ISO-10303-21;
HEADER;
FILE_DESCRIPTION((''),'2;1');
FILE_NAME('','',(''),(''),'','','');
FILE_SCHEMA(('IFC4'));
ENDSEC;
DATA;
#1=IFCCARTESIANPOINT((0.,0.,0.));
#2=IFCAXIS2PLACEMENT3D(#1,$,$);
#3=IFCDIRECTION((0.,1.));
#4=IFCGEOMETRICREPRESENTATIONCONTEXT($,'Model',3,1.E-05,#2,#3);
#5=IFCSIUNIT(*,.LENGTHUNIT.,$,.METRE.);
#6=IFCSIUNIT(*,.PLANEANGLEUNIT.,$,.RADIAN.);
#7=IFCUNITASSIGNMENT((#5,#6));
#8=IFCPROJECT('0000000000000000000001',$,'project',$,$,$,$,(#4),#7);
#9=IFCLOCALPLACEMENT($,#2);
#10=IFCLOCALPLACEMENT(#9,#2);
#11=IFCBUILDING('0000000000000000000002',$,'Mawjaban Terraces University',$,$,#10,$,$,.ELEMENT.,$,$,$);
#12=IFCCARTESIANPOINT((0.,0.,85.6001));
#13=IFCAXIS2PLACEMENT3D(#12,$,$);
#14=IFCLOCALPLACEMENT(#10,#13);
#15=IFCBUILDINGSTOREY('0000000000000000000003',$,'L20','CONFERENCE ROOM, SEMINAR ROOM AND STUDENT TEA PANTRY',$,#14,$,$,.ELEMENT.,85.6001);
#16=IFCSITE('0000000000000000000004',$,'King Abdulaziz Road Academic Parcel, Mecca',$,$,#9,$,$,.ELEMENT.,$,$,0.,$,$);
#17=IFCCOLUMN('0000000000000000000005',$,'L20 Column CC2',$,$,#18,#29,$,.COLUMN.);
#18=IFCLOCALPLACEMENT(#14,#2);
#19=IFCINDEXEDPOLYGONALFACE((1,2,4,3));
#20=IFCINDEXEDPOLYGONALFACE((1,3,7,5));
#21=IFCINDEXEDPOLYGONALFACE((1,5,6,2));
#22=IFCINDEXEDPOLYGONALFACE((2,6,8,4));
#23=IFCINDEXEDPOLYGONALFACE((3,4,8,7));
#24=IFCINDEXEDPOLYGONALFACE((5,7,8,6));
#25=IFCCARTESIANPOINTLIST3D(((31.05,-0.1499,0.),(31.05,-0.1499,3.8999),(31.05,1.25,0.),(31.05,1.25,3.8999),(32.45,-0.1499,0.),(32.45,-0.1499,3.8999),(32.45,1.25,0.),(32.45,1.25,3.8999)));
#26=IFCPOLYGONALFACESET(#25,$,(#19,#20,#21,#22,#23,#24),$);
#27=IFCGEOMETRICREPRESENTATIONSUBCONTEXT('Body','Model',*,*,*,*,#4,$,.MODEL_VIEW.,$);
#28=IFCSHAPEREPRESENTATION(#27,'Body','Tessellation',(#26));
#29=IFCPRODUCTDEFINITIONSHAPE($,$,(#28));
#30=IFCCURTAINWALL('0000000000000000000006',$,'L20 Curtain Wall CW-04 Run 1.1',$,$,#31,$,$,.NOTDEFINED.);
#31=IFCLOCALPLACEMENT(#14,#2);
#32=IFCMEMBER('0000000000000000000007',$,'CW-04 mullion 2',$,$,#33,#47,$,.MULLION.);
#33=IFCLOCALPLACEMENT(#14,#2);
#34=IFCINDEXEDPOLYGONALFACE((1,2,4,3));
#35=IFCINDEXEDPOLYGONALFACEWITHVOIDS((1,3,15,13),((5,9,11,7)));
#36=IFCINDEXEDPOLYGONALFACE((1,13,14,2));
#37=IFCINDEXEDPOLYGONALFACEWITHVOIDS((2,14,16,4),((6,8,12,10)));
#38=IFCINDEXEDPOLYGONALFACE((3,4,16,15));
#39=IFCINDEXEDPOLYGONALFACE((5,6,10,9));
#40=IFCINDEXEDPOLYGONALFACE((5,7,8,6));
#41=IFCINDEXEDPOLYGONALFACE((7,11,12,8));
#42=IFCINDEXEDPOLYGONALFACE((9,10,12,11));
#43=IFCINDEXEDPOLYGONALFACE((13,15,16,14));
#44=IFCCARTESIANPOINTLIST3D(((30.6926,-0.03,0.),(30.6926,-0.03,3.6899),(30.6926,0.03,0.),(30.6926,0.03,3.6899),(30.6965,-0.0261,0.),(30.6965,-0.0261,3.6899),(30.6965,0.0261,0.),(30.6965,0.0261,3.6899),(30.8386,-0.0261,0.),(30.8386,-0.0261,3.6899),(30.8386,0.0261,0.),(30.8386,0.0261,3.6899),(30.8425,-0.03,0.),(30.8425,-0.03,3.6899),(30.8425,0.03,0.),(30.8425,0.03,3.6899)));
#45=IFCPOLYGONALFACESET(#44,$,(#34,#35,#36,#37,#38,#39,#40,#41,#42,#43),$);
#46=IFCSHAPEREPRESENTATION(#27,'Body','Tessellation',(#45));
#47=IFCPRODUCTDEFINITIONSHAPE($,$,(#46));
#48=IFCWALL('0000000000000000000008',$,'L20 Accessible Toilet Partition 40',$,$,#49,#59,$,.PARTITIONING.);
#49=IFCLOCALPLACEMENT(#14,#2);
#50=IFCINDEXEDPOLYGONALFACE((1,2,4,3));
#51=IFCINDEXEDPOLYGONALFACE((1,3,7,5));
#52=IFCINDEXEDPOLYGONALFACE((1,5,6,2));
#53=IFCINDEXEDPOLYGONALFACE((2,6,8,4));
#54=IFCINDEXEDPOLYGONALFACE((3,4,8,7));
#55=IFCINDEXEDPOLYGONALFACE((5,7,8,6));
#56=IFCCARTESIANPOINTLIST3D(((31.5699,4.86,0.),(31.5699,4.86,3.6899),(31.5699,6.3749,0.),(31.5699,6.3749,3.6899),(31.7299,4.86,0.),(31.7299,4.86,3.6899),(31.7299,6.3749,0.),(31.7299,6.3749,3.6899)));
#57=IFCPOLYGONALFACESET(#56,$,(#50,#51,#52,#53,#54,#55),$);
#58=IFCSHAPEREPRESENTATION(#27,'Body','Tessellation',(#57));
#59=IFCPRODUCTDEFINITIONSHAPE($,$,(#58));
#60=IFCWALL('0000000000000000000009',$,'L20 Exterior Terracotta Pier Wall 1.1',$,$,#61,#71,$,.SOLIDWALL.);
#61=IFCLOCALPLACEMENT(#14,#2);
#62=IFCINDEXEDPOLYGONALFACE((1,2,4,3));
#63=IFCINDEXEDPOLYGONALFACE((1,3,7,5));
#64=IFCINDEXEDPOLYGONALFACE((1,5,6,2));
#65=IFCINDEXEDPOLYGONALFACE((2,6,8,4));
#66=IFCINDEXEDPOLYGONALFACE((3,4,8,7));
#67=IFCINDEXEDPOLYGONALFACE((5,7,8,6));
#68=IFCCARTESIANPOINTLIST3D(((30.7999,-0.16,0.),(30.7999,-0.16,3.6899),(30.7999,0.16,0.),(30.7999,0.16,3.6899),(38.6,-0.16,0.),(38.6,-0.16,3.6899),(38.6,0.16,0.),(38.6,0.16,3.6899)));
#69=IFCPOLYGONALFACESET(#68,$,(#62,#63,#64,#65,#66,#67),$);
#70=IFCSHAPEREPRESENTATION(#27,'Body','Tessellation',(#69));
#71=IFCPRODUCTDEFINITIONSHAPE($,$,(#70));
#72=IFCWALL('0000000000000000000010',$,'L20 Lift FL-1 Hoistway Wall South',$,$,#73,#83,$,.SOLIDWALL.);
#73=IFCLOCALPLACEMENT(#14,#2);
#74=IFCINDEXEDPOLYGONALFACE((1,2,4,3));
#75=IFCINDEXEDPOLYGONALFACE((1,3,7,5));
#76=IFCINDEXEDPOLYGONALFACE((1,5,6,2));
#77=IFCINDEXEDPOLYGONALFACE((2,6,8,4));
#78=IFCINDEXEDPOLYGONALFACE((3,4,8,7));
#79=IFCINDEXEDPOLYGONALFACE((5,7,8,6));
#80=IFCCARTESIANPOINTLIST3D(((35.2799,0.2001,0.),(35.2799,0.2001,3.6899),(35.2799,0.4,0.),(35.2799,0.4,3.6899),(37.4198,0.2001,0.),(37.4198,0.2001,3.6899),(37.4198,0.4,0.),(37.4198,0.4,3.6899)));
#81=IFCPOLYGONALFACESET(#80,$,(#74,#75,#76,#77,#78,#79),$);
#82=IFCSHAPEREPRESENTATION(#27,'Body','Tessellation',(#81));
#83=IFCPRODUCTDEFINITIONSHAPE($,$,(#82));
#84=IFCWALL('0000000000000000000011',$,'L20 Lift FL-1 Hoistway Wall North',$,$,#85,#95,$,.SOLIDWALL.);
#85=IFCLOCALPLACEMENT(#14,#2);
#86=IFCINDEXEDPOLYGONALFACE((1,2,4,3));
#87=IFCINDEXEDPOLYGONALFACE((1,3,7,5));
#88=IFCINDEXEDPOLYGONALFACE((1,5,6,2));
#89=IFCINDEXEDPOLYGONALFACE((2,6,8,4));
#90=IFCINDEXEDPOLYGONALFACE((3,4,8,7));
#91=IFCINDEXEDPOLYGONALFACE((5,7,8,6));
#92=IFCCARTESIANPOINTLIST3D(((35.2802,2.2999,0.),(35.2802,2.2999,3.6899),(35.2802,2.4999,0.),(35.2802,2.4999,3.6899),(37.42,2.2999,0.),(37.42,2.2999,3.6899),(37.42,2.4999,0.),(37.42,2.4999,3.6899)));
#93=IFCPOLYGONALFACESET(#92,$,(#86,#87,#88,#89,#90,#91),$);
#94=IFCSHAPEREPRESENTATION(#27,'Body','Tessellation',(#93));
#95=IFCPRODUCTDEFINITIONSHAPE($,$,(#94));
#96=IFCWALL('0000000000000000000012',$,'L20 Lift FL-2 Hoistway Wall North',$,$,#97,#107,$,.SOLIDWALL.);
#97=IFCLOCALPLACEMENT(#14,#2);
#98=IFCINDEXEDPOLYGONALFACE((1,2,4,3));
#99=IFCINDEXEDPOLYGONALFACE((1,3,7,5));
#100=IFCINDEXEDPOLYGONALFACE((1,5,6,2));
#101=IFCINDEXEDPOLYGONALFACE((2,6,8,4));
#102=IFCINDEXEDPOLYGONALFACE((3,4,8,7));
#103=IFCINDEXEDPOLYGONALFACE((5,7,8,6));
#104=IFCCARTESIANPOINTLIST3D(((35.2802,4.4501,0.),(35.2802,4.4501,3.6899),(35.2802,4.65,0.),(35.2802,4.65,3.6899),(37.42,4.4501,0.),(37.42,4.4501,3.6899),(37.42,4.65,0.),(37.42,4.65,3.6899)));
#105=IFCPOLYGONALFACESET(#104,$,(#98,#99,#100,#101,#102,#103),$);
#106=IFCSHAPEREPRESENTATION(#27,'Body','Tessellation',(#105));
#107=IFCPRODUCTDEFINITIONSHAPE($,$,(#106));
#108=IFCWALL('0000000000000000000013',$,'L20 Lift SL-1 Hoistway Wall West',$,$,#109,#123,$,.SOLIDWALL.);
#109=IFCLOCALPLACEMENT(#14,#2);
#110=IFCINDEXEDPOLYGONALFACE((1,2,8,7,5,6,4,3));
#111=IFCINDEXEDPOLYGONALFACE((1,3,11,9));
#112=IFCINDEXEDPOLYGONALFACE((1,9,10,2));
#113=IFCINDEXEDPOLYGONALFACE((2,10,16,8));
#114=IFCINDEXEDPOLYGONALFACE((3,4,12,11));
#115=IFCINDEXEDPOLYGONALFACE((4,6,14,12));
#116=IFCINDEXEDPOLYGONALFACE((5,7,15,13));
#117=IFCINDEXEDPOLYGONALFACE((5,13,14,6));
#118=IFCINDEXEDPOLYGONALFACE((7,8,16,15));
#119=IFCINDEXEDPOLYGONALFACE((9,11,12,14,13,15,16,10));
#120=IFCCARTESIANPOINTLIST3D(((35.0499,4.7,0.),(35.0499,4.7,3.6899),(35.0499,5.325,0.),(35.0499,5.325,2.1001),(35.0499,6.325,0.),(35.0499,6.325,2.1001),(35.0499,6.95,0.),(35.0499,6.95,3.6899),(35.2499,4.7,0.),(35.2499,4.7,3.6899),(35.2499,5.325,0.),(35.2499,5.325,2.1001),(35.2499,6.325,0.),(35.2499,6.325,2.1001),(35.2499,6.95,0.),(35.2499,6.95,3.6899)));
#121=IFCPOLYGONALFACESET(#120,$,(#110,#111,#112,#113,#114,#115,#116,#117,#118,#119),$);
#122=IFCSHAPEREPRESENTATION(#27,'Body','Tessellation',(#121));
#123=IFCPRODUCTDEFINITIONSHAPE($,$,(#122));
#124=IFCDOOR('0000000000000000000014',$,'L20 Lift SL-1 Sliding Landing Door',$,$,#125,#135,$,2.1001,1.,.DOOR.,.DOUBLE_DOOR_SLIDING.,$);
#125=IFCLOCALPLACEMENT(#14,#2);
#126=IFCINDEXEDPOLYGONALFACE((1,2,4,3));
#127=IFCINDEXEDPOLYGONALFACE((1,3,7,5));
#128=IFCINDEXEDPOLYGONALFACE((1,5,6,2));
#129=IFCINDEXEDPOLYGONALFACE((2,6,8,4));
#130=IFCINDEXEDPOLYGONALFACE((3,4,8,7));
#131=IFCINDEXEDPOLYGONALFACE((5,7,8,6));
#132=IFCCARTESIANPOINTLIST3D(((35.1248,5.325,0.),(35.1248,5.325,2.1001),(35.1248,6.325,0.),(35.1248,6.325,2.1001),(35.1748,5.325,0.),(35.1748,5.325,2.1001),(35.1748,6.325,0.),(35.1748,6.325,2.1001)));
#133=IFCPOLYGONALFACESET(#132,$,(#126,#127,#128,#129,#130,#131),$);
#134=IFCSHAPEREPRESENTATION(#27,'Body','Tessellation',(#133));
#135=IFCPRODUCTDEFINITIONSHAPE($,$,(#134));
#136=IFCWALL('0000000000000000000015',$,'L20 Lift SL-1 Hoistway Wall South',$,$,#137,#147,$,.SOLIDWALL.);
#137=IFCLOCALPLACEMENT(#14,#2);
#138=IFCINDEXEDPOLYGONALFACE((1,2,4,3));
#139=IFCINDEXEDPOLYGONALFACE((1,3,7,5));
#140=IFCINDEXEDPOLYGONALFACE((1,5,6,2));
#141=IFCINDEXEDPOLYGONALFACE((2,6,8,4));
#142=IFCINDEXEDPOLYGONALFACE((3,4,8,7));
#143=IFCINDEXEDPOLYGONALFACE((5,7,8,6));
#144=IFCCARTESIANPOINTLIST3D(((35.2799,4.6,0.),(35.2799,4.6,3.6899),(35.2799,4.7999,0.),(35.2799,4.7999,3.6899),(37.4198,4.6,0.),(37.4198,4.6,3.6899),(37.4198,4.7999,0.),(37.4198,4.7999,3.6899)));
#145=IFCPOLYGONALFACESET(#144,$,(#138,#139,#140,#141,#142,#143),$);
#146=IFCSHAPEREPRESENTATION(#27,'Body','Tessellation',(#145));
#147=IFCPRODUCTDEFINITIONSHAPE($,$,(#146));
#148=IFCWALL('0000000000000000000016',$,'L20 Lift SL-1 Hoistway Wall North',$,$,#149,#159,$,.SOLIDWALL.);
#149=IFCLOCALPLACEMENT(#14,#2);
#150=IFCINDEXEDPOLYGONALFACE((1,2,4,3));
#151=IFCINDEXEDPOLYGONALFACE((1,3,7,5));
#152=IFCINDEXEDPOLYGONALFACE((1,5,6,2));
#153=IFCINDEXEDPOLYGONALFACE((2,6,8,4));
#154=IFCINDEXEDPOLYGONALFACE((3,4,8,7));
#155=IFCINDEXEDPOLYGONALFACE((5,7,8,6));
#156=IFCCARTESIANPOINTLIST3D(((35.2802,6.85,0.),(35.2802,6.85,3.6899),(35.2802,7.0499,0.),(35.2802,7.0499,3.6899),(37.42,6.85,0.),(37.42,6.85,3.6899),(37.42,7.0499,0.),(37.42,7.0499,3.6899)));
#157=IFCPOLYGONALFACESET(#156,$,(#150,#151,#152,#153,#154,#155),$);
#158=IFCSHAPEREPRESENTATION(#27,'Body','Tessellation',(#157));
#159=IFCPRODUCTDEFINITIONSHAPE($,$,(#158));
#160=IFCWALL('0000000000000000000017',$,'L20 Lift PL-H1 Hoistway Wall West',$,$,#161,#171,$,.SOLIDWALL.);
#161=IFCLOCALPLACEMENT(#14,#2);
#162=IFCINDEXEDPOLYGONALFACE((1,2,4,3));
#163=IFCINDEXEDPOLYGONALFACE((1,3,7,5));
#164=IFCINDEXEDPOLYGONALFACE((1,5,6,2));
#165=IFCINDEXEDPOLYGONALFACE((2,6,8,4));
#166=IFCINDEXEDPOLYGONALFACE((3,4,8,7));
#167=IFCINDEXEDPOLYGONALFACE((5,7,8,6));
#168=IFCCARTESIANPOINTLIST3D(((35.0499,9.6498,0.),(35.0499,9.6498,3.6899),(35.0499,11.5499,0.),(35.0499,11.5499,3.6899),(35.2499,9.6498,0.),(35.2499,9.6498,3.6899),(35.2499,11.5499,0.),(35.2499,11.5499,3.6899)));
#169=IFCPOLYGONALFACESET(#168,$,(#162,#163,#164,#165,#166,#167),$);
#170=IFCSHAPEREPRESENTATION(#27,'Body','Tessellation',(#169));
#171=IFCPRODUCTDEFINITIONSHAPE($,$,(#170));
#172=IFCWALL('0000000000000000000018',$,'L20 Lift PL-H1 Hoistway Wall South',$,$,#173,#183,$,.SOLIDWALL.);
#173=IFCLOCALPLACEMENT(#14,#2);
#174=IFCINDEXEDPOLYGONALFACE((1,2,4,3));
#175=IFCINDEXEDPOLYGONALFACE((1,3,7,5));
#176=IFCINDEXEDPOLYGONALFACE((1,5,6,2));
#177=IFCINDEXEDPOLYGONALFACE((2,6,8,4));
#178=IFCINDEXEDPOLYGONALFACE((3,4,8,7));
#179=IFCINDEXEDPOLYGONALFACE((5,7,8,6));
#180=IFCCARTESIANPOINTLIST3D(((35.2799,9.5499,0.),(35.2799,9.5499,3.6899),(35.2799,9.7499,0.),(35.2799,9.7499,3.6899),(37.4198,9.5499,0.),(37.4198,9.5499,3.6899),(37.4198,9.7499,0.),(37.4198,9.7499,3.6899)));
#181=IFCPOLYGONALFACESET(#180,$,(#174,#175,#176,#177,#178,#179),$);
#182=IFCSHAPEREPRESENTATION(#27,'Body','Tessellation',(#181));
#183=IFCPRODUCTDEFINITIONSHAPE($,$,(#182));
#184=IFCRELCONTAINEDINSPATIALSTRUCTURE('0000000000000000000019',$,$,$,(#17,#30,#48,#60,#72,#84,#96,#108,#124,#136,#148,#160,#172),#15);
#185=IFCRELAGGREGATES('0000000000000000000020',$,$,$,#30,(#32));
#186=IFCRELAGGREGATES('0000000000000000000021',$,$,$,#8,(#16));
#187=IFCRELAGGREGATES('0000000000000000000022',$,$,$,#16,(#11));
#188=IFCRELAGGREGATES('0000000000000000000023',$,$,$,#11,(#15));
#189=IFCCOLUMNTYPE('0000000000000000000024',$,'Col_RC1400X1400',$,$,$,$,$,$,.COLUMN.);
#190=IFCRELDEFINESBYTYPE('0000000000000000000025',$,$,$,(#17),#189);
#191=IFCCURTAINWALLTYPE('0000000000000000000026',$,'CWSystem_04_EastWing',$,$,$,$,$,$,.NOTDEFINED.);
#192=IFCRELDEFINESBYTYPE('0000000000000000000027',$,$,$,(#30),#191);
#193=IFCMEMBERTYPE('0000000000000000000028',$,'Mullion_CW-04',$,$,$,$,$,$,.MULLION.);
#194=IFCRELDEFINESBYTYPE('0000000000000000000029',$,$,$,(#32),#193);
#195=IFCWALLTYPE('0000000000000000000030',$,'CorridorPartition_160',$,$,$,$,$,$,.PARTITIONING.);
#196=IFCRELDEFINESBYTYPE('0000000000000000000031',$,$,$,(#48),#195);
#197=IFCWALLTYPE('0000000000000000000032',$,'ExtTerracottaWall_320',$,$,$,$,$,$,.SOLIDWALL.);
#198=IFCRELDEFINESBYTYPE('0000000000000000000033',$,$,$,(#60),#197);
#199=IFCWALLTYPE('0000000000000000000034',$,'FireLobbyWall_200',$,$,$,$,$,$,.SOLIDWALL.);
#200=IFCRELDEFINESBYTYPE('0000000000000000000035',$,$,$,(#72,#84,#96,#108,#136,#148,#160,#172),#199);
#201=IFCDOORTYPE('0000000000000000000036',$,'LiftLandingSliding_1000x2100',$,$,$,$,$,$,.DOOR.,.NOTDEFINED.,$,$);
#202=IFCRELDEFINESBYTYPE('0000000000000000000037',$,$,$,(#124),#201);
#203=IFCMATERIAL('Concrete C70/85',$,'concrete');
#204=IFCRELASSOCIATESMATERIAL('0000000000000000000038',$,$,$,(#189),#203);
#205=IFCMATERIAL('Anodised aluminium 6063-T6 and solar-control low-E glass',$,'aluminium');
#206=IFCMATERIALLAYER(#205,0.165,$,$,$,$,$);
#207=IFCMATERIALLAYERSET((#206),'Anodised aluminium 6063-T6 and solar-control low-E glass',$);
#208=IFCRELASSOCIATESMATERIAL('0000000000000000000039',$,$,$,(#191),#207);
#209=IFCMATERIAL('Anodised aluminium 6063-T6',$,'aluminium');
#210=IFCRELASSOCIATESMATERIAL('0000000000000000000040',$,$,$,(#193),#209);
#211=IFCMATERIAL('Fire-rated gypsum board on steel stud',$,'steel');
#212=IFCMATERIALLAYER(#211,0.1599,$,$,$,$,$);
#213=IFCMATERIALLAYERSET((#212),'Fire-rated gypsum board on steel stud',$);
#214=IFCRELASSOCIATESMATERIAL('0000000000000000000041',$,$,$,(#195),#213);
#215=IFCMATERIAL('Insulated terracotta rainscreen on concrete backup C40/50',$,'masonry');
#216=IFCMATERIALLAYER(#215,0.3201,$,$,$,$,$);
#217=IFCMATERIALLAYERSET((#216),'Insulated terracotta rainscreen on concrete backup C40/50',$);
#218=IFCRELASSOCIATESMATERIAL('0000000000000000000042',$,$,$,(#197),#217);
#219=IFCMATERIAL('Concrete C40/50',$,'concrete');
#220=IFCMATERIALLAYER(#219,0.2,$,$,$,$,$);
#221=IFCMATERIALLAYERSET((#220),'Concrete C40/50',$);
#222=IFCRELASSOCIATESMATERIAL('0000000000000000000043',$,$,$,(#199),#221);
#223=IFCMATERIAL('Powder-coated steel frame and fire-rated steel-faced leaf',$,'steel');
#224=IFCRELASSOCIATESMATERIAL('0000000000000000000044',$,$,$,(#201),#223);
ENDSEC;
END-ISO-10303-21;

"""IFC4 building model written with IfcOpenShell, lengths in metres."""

from ifc_helpers import new_model, si_unit, direction, frame, frame_2d, origin, origin_2d, place, context, subcontext, project, spatial, rectangle, hollow_rectangle, extrude, material, layer, layer_set, material_profile, profile_set, type_object, element, fill, aggregate, save


model = new_model("IFC4")

# Units and contexts
model_context = context("Model", 3, precision=1e-05, world=origin(), true_north=direction((0.0, 1.0)))
body_context = subcontext(model_context, "Body", "Model", "MODEL_VIEW")
ifc_project = project(units=[si_unit("LENGTHUNIT", "METRE"), si_unit("PLANEANGLEUNIT", "RADIAN")], contexts=[model_context])

# Site, building, storey
site_placement = place(None, origin())
site = spatial("IfcSite", under=ifc_project, at=site_placement, Name="King Abdulaziz Road Academic Parcel, Mecca", CompositionType="ELEMENT", RefElevation=0.0)
building_placement = place(site_placement, origin())
building = spatial("IfcBuilding", under=site, at=building_placement, Name="Mawjaban Terraces University", CompositionType="ELEMENT")
storey_placement = place(building_placement, frame((0.0, 0.0, 85.6001)))
storey = spatial("IfcBuildingStorey", under=building, at=storey_placement, Name="L20", Description="CONFERENCE ROOM, SEMINAR ROOM AND STUDENT TEA PANTRY", CompositionType="ELEMENT", Elevation=85.6001)

# Column
ifc_material_1 = material(Name="Concrete C70/85", Category="concrete")
ifc_material_profile_1 = material_profile(ifc_material_1, rectangle(XDim=1.3999, YDim=1.3999, at=origin_2d()), Name="RC1400X1400")
ifc_profile_set_1 = profile_set([ifc_material_profile_1], Name="Concrete C70/85")
column_type = type_object("IfcColumnType", Name="Col_RC1400X1400", PredefinedType="COLUMN", material=ifc_profile_set_1)
column_placement = place(storey_placement, frame((31.75, 0.55, 0.0), z_axis=(0.0, 0.0, 1.0), x_axis=(1.0, 0.0, 0.0)))
element("IfcColumn", 1, at=column_placement, inside=storey, type_object=column_type, Name="L20 Column CC2", PredefinedType="COLUMN", context=body_context, shape_type="SweptSolid", body=[
    extrude(rectangle(XDim=1.3999, YDim=1.3999, at=origin_2d()), origin(), (0.0, 0.0, 1.0), 3.8999),
])

# Curtain wall, member
ifc_material_2 = material(Name="Anodised aluminium 6063-T6 and solar-control low-E glass", Category="aluminium")
ifc_layer_1 = layer(ifc_material_2, 0.165)
ifc_layer_set_1 = layer_set([ifc_layer_1], Name="Anodised aluminium 6063-T6 and solar-control low-E glass")
curtain_wall_type = type_object("IfcCurtainWallType", Name="CWSystem_04_EastWing", PredefinedType="NOTDEFINED", material=ifc_layer_set_1)
curtain_wall_placement = place(storey_placement, origin())
curtain_wall = element("IfcCurtainWall", 2, at=curtain_wall_placement, inside=storey, type_object=curtain_wall_type, Name="L20 Curtain Wall CW-04 Run 1.1", PredefinedType="NOTDEFINED")
ifc_material_3 = material(Name="Anodised aluminium 6063-T6", Category="aluminium")
ifc_material_profile_2 = material_profile(ifc_material_3, hollow_rectangle(XDim=0.0601, YDim=0.1499, WallThickness=0.0039, at=origin_2d()), Name="ALU150X60X4")
ifc_profile_set_2 = profile_set([ifc_material_profile_2], Name="Anodised aluminium 6063-T6")
member_type = type_object("IfcMemberType", Name="Mullion_CW-04", PredefinedType="MULLION", material=ifc_profile_set_2)
member_placement = place(storey_placement, frame((30.7676, 0.0, 0.0), z_axis=(0.0, 0.0, 1.0), x_axis=(0.0, 1.0, 0.0)))
member = element("IfcMember", 3, at=member_placement, type_object=member_type, Name="CW-04 mullion 2", PredefinedType="MULLION", context=body_context, shape_type="SweptSolid", body=[
    extrude(hollow_rectangle(XDim=0.0601, YDim=0.1499, WallThickness=0.0039, at=origin_2d()), origin(), (0.0, 0.0, 1.0), 3.6899),
])
aggregate(curtain_wall, [member])

# Walls
ifc_material_4 = material(Name="Fire-rated gypsum board on steel stud", Category="steel")
ifc_layer_2 = layer(ifc_material_4, 0.1599)
ifc_layer_set_2 = layer_set([ifc_layer_2], Name="Fire-rated gypsum board on steel stud")
wall_type_1 = type_object("IfcWallType", Name="CorridorPartition_160", PredefinedType="PARTITIONING", material=ifc_layer_set_2)
wall_1_placement = place(storey_placement, frame((31.6499, 4.8601, 0.0), z_axis=(0.0, 0.0, 1.0), x_axis=(0.0, 1.0, 0.0)))
element("IfcWall", 4, at=wall_1_placement, inside=storey, type_object=wall_type_1, Name="L20 Accessible Toilet Partition 40", PredefinedType="PARTITIONING", context=body_context, shape_type="SweptSolid", body=[
    extrude(rectangle(XDim=1.5149, YDim=0.1599, at=frame_2d((0.7573, 0.0))), origin(), (0.0, 0.0, 1.0), 3.6899),
])
ifc_material_5 = material(Name="Insulated terracotta rainscreen on concrete backup C40/50", Category="masonry")
ifc_layer_3 = layer(ifc_material_5, 0.3201)
ifc_layer_set_3 = layer_set([ifc_layer_3], Name="Insulated terracotta rainscreen on concrete backup C40/50")
wall_type_2 = type_object("IfcWallType", Name="ExtTerracottaWall_320", PredefinedType="SOLIDWALL", material=ifc_layer_set_3)
wall_2_placement = place(storey_placement, frame((30.8, 0.0, 0.0), z_axis=(0.0, 0.0, 1.0), x_axis=(1.0, 0.0, 0.0)))
element("IfcWall", 5, at=wall_2_placement, inside=storey, type_object=wall_type_2, Name="L20 Exterior Terracotta Pier Wall 1.1", PredefinedType="SOLIDWALL", context=body_context, shape_type="SweptSolid", body=[
    extrude(rectangle(XDim=7.8, YDim=0.3201, at=frame_2d((3.8999, 0.0))), origin(), (0.0, 0.0, 1.0), 3.6899),
])

# Shared definitions
ifc_material_6 = material(Name="Concrete C40/50", Category="concrete")
ifc_layer_4 = layer(ifc_material_6, 0.2)
ifc_layer_set_4 = layer_set([ifc_layer_4], Name="Concrete C40/50")
wall_type_3 = type_object("IfcWallType", Name="FireLobbyWall_200", PredefinedType="SOLIDWALL", material=ifc_layer_set_4)
ifc_material_7 = material(Name="Powder-coated steel frame and fire-rated steel-faced leaf", Category="steel")

# Walls
for number, where, z_axis, x_axis, name in (
    (6, (35.28, 0.3, 0.0), (0.0, 0.0, 1.0), (1.0, 0.0, 0.0), "L20 Lift FL-1 Hoistway Wall South"),
    (7, (37.4199, 2.3999, 0.0), (0.0, 0.0, 1.0), (-1.0, 0.0, 0.0), "L20 Lift FL-1 Hoistway Wall North"),
):
    element("IfcWall", number, at=place(storey_placement, frame(where, z_axis=z_axis, x_axis=x_axis)), inside=storey, type_object=wall_type_3, Name=name, PredefinedType="SOLIDWALL", context=body_context, shape_type="SweptSolid", body=[
        extrude(rectangle(XDim=2.1399, YDim=0.2, at=frame_2d((1.0698, 0.0))), origin(), (0.0, 0.0, 1.0), 3.6899),
    ])

# Wall
wall_3_placement = place(storey_placement, frame((37.4199, 4.55, 0.0), z_axis=(0.0, 0.0, 1.0), x_axis=(-1.0, 0.0, 0.0)))
element("IfcWall", 8, at=wall_3_placement, inside=storey, type_object=wall_type_3, Name="L20 Lift FL-2 Hoistway Wall North", PredefinedType="SOLIDWALL", context=body_context, shape_type="SweptSolid", body=[
    extrude(rectangle(XDim=2.1399, YDim=0.2, at=frame_2d((1.0698, 0.0))), origin(), (0.0, 0.0, 1.0), 3.6899),
])

# Wall, opening, door
wall_4_placement = place(storey_placement, frame((35.1499, 6.95, 0.0), z_axis=(0.0, 0.0, 1.0), x_axis=(0.0, -1.0, 0.0)))
wall_4 = element("IfcWall", 9, at=wall_4_placement, inside=storey, type_object=wall_type_3, Name="L20 Lift SL-1 Hoistway Wall West", PredefinedType="SOLIDWALL", context=body_context, shape_type="SweptSolid", body=[
    extrude(rectangle(XDim=2.25, YDim=0.2, at=frame_2d((1.125, 0.0))), origin(), (0.0, 0.0, 1.0), 3.6899),
])
opening_1_placement = place(wall_4_placement, frame((0.625, 0.0, 0.0)))
opening_1 = element("IfcOpeningElement", 10, at=opening_1_placement, cuts=wall_4, PredefinedType="OPENING", context=body_context, shape_type="SweptSolid", body=[
    extrude(rectangle(XDim=1.0, YDim=2.1001, at=frame_2d((0.5, 1.05))), frame((0.0, 0.1099, 0.0), z_axis=(0.0, -1.0, 0.0), x_axis=(1.0, 0.0, 0.0)), (0.0, 0.0, 1.0), 0.22),
])
door_type_1 = type_object("IfcDoorType", Name="LiftLandingSliding_1000x2100", OperationType="NOTDEFINED", PredefinedType="DOOR", material=ifc_material_7)
door_1_placement = place(opening_1_placement, origin())
door_1 = element("IfcDoor", 11, at=door_1_placement, inside=storey, type_object=door_type_1, Name="L20 Lift SL-1 Sliding Landing Door", OperationType="DOUBLE_DOOR_SLIDING", OverallHeight=2.1001, OverallWidth=1.0, PredefinedType="DOOR", context=body_context, shape_type="SweptSolid", body=[
    extrude(rectangle(XDim=1.0, YDim=2.1001, at=frame_2d((0.5, 1.05))), frame((0.0, 0.0249, 0.0), z_axis=(0.0, -1.0, 0.0), x_axis=(1.0, 0.0, 0.0)), (0.0, 0.0, 1.0), 0.05),
])
fill(opening_1, door_1)

# Walls
for number, where, z_axis, x_axis, name in (
    (12, (35.28, 4.7, 0.0), (0.0, 0.0, 1.0), (1.0, 0.0, 0.0), "L20 Lift SL-1 Hoistway Wall South"),
    (13, (37.4199, 6.95, 0.0), (0.0, 0.0, 1.0), (-1.0, 0.0, 0.0), "L20 Lift SL-1 Hoistway Wall North"),
):
    element("IfcWall", number, at=place(storey_placement, frame(where, z_axis=z_axis, x_axis=x_axis)), inside=storey, type_object=wall_type_3, Name=name, PredefinedType="SOLIDWALL", context=body_context, shape_type="SweptSolid", body=[
        extrude(rectangle(XDim=2.1399, YDim=0.2, at=frame_2d((1.0698, 0.0))), origin(), (0.0, 0.0, 1.0), 3.6899),
    ])
wall_5_placement = place(storey_placement, frame((35.1499, 11.55, 0.0), z_axis=(0.0, 0.0, 1.0), x_axis=(0.0, -1.0, 0.0)))
element("IfcWall", 14, at=wall_5_placement, inside=storey, type_object=wall_type_3, Name="L20 Lift PL-H1 Hoistway Wall West", PredefinedType="SOLIDWALL", context=body_context, shape_type="SweptSolid", body=[
    extrude(rectangle(XDim=1.9001, YDim=0.2, at=frame_2d((0.9502, 0.0))), origin(), (0.0, 0.0, 1.0), 3.6899),
])
wall_6_placement = place(storey_placement, frame((35.28, 9.6499, 0.0), z_axis=(0.0, 0.0, 1.0), x_axis=(1.0, 0.0, 0.0)))
element("IfcWall", 15, at=wall_6_placement, inside=storey, type_object=wall_type_3, Name="L20 Lift PL-H1 Hoistway Wall South", PredefinedType="SOLIDWALL", context=body_context, shape_type="SweptSolid", body=[
    extrude(rectangle(XDim=2.1399, YDim=0.2, at=frame_2d((1.0698, 0.0))), origin(), (0.0, 0.0, 1.0), 3.6899),
])

save(model, "model.ifc")
